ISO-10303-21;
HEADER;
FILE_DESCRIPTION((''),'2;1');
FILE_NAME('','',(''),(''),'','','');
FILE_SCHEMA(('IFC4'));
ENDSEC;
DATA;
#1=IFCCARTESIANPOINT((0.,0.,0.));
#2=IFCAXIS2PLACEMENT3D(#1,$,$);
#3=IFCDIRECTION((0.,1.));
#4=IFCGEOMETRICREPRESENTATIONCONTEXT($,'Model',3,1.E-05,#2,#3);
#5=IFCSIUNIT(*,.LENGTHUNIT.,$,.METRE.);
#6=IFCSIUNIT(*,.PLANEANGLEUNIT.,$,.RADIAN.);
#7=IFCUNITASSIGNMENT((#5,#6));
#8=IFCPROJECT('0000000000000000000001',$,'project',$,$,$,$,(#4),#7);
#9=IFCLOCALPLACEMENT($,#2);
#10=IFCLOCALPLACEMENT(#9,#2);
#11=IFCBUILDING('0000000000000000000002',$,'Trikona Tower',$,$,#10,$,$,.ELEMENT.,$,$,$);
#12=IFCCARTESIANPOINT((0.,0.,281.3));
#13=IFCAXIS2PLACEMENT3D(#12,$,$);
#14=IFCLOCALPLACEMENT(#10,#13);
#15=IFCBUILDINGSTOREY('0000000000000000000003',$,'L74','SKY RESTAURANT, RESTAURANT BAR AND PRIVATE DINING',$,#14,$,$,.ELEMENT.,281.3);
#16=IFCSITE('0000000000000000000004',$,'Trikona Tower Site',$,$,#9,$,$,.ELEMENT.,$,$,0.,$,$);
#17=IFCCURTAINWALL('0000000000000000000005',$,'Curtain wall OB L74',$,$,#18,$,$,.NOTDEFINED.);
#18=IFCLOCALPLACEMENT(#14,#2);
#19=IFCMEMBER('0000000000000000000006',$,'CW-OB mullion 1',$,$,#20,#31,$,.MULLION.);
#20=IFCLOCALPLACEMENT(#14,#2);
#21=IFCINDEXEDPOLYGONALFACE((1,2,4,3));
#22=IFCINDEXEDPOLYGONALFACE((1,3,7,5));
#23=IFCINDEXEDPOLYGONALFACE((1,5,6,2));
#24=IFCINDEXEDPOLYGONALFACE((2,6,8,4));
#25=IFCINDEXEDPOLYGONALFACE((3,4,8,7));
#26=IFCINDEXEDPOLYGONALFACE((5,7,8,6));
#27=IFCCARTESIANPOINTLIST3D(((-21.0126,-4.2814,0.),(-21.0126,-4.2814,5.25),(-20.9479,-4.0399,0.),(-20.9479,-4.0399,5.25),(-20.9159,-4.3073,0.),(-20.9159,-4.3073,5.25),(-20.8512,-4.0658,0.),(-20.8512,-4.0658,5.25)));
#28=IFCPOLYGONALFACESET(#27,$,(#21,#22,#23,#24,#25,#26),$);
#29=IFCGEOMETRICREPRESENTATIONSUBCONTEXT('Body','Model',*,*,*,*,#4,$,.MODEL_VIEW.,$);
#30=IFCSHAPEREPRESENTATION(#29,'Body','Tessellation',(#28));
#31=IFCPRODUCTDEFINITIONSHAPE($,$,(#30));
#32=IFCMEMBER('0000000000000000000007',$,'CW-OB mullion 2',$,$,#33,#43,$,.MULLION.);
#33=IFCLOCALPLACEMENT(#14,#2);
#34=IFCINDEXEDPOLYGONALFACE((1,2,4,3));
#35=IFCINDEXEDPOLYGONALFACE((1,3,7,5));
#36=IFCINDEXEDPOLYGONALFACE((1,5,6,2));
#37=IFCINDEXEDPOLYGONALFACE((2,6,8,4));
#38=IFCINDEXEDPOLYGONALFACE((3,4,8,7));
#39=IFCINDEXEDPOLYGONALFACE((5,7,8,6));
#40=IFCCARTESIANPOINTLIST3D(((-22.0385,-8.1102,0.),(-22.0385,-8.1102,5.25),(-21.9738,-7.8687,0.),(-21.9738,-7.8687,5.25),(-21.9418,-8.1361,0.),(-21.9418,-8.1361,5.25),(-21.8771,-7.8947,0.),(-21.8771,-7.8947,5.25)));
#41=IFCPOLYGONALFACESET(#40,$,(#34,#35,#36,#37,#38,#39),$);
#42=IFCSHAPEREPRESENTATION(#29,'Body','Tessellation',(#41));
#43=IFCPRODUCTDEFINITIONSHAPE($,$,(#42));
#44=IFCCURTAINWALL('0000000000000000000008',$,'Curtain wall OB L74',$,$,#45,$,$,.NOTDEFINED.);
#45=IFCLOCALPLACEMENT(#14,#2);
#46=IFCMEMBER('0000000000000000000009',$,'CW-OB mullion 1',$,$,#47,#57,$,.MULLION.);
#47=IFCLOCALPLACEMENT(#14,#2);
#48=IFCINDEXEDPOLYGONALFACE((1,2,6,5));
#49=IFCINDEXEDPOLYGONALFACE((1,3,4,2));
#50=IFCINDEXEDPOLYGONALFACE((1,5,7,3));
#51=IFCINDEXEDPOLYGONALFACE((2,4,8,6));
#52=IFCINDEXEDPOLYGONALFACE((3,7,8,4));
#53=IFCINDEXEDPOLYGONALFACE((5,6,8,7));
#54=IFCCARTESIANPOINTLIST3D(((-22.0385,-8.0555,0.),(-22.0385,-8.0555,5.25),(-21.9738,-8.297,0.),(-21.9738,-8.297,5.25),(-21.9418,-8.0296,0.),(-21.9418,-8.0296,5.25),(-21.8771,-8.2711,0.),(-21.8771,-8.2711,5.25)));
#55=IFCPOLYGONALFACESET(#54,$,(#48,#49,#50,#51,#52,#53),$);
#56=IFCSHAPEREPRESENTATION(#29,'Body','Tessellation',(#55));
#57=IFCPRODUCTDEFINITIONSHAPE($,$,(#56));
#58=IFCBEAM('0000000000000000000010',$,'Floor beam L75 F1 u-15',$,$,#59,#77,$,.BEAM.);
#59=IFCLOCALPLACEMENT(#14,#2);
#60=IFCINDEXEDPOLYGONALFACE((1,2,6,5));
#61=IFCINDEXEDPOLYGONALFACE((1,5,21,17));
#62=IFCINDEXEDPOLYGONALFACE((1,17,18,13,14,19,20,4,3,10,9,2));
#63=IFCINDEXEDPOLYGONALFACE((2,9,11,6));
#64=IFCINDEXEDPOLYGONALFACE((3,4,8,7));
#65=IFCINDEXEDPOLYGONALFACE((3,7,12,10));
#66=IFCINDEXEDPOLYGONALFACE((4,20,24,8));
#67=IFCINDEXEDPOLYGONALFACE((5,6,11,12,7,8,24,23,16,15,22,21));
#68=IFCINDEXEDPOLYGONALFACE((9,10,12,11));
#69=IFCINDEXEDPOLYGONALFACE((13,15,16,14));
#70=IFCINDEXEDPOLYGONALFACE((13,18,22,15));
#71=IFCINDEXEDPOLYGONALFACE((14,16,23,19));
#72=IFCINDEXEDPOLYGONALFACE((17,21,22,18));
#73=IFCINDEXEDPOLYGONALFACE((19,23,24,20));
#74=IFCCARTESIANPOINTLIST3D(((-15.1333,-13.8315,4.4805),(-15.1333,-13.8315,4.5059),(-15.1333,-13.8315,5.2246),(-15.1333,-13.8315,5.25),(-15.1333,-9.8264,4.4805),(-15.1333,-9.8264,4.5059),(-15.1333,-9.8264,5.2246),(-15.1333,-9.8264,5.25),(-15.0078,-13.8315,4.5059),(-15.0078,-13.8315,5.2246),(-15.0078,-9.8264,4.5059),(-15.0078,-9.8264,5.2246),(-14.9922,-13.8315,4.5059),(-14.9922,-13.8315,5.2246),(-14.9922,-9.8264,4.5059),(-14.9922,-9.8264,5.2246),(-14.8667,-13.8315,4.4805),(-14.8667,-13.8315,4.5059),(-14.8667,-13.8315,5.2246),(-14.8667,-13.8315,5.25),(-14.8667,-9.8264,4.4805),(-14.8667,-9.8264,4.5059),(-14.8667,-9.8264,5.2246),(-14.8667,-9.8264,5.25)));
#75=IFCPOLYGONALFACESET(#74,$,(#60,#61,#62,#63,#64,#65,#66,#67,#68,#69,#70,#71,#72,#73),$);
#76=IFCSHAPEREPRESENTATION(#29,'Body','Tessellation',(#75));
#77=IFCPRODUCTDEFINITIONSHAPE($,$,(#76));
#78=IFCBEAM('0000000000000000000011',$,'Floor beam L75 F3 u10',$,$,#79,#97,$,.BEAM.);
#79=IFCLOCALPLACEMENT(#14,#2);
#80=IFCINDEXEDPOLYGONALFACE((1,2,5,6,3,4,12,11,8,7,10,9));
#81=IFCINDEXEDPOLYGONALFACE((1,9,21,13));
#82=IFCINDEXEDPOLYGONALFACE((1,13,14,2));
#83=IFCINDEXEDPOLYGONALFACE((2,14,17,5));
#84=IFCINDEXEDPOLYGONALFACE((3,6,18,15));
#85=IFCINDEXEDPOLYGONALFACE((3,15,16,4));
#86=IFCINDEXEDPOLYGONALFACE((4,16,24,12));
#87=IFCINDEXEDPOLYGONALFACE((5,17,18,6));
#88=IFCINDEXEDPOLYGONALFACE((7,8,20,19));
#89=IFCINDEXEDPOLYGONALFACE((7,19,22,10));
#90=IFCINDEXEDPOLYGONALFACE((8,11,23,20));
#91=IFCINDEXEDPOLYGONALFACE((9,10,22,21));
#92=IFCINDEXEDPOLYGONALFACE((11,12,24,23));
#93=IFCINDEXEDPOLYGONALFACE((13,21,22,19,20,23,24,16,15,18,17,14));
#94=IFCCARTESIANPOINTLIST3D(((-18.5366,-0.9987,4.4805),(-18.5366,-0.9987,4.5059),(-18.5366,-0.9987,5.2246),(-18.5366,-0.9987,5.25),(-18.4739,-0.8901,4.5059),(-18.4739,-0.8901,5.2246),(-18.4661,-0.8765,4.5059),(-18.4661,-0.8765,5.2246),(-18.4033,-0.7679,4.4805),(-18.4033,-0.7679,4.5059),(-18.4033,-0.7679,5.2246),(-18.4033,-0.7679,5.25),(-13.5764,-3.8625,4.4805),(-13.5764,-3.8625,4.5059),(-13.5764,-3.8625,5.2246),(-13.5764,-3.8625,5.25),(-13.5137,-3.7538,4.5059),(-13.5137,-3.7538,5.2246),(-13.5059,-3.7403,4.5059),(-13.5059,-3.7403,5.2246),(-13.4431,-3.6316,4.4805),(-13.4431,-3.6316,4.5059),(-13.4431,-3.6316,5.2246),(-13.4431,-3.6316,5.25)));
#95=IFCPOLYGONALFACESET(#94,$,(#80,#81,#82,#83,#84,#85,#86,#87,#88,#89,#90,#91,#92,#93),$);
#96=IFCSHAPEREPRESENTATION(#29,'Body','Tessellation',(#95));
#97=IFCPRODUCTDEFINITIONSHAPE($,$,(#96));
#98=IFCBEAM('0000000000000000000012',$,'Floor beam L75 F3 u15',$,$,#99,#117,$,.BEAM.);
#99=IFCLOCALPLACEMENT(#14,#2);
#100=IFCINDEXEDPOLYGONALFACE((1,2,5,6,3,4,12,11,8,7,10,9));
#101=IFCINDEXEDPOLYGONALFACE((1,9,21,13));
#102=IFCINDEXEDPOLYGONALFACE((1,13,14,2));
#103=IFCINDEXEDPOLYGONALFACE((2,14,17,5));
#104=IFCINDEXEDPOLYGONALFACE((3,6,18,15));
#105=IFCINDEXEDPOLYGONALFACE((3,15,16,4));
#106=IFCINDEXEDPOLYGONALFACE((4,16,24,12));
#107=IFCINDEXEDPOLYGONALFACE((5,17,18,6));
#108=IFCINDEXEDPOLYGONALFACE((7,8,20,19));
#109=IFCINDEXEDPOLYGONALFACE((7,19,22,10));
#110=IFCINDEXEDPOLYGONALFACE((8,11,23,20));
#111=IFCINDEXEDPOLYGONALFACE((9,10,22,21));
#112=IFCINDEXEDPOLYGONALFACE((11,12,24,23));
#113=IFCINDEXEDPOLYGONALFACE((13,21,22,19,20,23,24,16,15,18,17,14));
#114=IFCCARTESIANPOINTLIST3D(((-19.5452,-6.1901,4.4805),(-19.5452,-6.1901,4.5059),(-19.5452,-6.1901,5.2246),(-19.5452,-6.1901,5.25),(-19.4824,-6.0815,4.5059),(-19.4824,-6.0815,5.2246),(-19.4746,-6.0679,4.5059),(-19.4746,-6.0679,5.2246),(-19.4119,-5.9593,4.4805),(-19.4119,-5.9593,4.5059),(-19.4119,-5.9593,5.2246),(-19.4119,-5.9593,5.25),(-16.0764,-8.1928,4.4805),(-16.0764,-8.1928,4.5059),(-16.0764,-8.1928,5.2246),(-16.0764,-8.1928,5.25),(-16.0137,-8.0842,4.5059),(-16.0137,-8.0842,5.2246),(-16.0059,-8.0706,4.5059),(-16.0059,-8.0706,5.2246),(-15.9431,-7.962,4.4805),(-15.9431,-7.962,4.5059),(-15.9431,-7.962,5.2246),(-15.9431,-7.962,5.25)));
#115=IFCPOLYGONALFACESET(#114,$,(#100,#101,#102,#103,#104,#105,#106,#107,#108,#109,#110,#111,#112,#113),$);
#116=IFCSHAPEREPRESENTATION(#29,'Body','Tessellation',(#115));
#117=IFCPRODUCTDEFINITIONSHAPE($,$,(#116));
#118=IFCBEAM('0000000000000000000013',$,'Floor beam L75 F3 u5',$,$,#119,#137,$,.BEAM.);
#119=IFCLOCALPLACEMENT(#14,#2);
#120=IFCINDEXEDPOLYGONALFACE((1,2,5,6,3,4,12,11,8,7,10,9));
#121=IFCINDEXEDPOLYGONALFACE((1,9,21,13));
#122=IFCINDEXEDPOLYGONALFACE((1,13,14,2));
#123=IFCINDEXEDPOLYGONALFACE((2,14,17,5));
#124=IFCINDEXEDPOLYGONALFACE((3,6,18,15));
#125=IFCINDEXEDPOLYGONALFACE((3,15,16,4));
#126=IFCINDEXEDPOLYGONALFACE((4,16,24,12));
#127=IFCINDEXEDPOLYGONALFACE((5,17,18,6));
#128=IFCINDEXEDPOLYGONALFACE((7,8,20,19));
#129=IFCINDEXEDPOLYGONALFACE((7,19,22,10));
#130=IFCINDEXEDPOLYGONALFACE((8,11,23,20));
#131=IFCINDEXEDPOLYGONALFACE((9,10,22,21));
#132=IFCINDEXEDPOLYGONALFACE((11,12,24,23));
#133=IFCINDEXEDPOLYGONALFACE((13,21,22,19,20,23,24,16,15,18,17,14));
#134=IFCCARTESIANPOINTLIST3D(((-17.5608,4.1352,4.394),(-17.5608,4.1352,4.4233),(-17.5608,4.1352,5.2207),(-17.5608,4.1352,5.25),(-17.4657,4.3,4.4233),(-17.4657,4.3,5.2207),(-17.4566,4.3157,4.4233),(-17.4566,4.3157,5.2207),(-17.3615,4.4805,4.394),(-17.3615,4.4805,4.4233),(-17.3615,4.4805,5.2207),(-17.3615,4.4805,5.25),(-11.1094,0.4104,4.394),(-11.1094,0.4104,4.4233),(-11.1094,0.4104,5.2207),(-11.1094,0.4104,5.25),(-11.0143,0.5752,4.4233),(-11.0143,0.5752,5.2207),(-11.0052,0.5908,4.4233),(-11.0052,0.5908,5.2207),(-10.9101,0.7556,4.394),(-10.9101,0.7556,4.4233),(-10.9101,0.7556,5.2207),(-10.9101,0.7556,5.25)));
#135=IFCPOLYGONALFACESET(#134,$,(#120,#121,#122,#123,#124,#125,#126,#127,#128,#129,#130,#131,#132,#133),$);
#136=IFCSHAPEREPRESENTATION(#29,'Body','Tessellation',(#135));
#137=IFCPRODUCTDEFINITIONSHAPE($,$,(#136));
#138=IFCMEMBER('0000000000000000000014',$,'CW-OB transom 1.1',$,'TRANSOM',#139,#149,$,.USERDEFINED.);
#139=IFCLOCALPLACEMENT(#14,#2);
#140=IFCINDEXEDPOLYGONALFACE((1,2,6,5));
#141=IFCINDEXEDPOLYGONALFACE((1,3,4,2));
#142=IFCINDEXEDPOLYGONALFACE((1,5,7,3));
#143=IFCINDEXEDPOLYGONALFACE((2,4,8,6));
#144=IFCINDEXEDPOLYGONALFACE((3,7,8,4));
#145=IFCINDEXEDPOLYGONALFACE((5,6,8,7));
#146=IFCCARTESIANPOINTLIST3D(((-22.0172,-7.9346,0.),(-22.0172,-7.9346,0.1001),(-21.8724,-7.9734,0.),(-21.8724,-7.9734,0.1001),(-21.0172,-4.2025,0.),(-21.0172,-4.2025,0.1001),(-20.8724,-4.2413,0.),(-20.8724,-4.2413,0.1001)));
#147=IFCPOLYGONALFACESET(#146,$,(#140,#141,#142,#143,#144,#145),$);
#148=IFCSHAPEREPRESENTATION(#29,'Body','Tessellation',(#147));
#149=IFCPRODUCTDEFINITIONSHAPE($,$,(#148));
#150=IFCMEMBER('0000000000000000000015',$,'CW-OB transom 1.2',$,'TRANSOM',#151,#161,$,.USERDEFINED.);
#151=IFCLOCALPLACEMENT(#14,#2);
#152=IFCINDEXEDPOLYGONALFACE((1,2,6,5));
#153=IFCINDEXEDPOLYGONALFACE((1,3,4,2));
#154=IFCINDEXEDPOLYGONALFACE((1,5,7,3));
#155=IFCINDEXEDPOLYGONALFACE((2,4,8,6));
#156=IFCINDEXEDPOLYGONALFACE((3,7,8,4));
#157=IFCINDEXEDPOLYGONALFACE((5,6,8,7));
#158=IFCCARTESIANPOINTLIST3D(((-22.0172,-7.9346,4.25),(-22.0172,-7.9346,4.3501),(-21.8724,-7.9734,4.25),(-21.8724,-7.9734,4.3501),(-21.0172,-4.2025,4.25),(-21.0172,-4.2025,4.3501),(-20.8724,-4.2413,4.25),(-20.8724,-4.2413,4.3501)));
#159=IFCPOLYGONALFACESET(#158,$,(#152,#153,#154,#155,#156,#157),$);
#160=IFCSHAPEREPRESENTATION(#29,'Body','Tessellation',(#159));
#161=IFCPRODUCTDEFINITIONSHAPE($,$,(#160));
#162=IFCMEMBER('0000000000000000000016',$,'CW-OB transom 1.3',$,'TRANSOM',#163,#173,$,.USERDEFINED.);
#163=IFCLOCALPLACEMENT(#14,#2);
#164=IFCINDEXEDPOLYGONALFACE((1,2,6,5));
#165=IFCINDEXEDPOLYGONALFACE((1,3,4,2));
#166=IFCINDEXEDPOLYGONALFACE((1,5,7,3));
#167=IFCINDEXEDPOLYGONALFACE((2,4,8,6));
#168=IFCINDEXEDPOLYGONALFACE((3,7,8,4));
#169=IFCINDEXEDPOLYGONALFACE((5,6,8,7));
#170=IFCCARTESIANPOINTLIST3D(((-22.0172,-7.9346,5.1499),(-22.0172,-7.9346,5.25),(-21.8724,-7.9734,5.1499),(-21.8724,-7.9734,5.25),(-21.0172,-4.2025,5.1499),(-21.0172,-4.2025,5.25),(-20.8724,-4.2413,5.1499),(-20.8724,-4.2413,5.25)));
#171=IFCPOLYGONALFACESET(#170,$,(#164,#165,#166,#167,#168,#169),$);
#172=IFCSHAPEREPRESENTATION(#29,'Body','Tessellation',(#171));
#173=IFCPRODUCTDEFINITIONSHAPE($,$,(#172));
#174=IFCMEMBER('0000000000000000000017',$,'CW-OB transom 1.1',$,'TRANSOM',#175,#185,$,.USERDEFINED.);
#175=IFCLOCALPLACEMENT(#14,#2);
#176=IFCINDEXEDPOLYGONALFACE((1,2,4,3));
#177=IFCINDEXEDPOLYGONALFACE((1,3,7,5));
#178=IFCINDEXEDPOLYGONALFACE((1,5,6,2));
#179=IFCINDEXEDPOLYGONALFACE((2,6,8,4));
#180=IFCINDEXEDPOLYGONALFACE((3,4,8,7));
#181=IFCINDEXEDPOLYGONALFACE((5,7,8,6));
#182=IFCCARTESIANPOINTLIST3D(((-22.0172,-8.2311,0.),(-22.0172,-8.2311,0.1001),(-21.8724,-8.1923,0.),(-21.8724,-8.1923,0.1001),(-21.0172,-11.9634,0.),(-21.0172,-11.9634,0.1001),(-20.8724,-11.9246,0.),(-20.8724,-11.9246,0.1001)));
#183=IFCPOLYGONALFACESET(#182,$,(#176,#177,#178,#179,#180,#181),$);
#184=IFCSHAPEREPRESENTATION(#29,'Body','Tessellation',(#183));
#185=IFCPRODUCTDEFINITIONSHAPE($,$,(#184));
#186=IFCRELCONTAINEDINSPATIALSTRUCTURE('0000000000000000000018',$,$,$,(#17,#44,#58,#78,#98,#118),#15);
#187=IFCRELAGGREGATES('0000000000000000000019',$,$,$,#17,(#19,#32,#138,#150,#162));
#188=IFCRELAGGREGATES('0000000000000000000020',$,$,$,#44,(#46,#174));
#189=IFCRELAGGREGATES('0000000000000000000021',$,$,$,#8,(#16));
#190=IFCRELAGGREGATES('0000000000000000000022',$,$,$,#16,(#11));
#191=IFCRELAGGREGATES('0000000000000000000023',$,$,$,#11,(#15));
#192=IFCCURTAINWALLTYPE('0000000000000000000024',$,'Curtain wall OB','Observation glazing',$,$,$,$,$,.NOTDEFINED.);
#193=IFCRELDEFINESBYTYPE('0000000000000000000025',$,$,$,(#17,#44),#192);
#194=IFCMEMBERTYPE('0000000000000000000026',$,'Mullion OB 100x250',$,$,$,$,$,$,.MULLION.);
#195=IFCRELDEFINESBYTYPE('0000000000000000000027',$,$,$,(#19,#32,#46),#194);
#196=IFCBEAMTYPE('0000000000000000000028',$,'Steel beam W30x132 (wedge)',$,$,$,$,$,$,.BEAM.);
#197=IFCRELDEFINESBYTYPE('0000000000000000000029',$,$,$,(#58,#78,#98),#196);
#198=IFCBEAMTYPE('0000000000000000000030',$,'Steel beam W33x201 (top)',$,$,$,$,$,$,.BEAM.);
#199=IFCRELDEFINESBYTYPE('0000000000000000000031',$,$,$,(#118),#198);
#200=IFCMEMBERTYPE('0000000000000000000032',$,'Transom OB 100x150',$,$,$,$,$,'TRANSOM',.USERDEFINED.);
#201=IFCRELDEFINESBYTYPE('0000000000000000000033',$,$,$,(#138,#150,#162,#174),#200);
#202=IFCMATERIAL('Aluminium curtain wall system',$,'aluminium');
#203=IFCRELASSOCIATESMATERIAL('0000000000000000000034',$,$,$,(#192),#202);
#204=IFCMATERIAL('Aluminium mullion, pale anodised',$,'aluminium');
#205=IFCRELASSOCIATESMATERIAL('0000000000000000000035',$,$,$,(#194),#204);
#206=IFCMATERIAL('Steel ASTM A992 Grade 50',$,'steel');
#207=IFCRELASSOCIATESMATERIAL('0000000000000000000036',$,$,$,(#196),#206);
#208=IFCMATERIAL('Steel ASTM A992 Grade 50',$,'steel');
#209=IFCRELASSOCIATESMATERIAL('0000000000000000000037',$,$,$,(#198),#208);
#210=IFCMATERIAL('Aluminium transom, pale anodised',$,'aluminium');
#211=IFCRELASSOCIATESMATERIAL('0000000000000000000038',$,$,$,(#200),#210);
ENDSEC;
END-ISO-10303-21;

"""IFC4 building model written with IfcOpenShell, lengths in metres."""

from ifc_helpers import new_model, si_unit, direction, frame, origin, origin_2d, place, context, subcontext, project, spatial, rectangle, i_section, extrude, material, material_profile, profile_set, type_object, element, aggregate, save


model = new_model("IFC4")

# Units and contexts
model_context = context("Model", 3, precision=1e-05, world=origin(), true_north=direction((0.0, 1.0)))
body_context = subcontext(model_context, "Body", "Model", "MODEL_VIEW")
ifc_project = project(units=[si_unit("LENGTHUNIT", "METRE"), si_unit("PLANEANGLEUNIT", "RADIAN")], contexts=[model_context])

# Site, building, storey
site_placement = place(None, origin())
site = spatial("IfcSite", under=ifc_project, at=site_placement, Name="Trikona Tower Site", CompositionType="ELEMENT", RefElevation=0.0)
building_placement = place(site_placement, origin())
building = spatial("IfcBuilding", under=site, at=building_placement, Name="Trikona Tower", CompositionType="ELEMENT")
storey_placement = place(building_placement, frame((0.0, 0.0, 281.3)))
storey = spatial("IfcBuildingStorey", under=building, at=storey_placement, Name="L74", Description="SKY RESTAURANT, RESTAURANT BAR AND PRIVATE DINING", CompositionType="ELEMENT", Elevation=281.3)

# Curtain wall, members
ifc_material_1 = material(Name="Aluminium curtain wall system", Category="aluminium")
curtain_wall_type = type_object("IfcCurtainWallType", Name="Curtain wall OB", Description="Observation glazing", PredefinedType="NOTDEFINED", material=ifc_material_1)
curtain_wall_1_placement = place(storey_placement, origin())
curtain_wall_1 = element("IfcCurtainWall", 1, at=curtain_wall_1_placement, inside=storey, type_object=curtain_wall_type, Name="Curtain wall OB L74", PredefinedType="NOTDEFINED")
ifc_material_2 = material(Name="Aluminium mullion, pale anodised", Category="aluminium")
ifc_material_profile_1 = material_profile(ifc_material_2, rectangle(XDim=0.1001, YDim=0.25, at=origin_2d()), Name="MUL-OB")
ifc_profile_set_1 = profile_set([ifc_material_profile_1], Name="Aluminium mullion, pale anodised")
member_type_1 = type_object("IfcMemberType", Name="Mullion OB 100x250", PredefinedType="MULLION", material=ifc_profile_set_1)
member_1_placement = place(storey_placement, frame((-20.9319, -4.1736, 0.0), z_axis=(0.0, 0.0, 1.0), x_axis=(0.965922, -0.258834, 0.0)))
member_1 = element("IfcMember", 2, at=member_1_placement, type_object=member_type_1, Name="CW-OB mullion 1", PredefinedType="MULLION", context=body_context, shape_type="SweptSolid", body=[
    extrude(rectangle(XDim=0.1001, YDim=0.25, at=origin_2d()), origin(), (0.0, 0.0, 1.0), 5.25),
])
member_2_placement = place(storey_placement, frame((-21.9578, -8.0024, 0.0), z_axis=(0.0, 0.0, 1.0), x_axis=(0.965922, -0.258834, 0.0)))
member_2 = element("IfcMember", 3, at=member_2_placement, type_object=member_type_1, Name="CW-OB mullion 2", PredefinedType="MULLION", context=body_context, shape_type="SweptSolid", body=[
    extrude(rectangle(XDim=0.1001, YDim=0.25, at=origin_2d()), origin(), (0.0, 0.0, 1.0), 5.25),
])

# Curtain wall, member
curtain_wall_2_placement = place(storey_placement, origin())
curtain_wall_2 = element("IfcCurtainWall", 4, at=curtain_wall_2_placement, inside=storey, type_object=curtain_wall_type, Name="Curtain wall OB L74", PredefinedType="NOTDEFINED")
member_3_placement = place(storey_placement, frame((-21.9578, -8.1633, 0.0), z_axis=(0.0, 0.0, 1.0), x_axis=(0.965923, 0.258828, 0.0)))
member_3 = element("IfcMember", 5, at=member_3_placement, type_object=member_type_1, Name="CW-OB mullion 1", PredefinedType="MULLION", context=body_context, shape_type="SweptSolid", body=[
    extrude(rectangle(XDim=0.1001, YDim=0.25, at=origin_2d()), origin(), (0.0, 0.0, 1.0), 5.25),
])

# Beams
ifc_material_3 = material(Name="Steel ASTM A992 Grade 50", Category="steel")
ifc_material_profile_2 = material_profile(ifc_material_3, i_section(OverallWidth=0.2666, OverallDepth=0.7695, WebThickness=0.0156, FlangeThickness=0.0254, at=origin_2d()), Name="W30X132")
ifc_profile_set_2 = profile_set([ifc_material_profile_2], Name="Steel ASTM A992 Grade 50")
beam_type_1 = type_object("IfcBeamType", Name="Steel beam W30x132 (wedge)", PredefinedType="BEAM", material=ifc_profile_set_2)
beam_1_placement = place(storey_placement, frame((-15.0, -9.8264, 4.8652), z_axis=(0.0, -1.0, 0.0), x_axis=(1.0, 0.0, 0.0)))
element("IfcBeam", 6, at=beam_1_placement, inside=storey, type_object=beam_type_1, Name="Floor beam L75 F1 u-15", PredefinedType="BEAM", context=body_context, shape_type="SweptSolid", body=[
    extrude(i_section(OverallWidth=0.2666, OverallDepth=0.7695, WebThickness=0.0156, FlangeThickness=0.0254, at=origin_2d()), origin(), (0.0, 0.0, 1.0), 4.0051),
])
beam_2_placement = place(storey_placement, frame((-13.5098, -3.7471, 4.8652), z_axis=(-0.866026, 0.499999, 0.0), x_axis=(-0.499999, -0.866026, 0.0)))
element("IfcBeam", 7, at=beam_2_placement, inside=storey, type_object=beam_type_1, Name="Floor beam L75 F3 u10", PredefinedType="BEAM", context=body_context, shape_type="SweptSolid", body=[
    extrude(i_section(OverallWidth=0.2666, OverallDepth=0.7695, WebThickness=0.0156, FlangeThickness=0.0254, at=origin_2d()), origin(), (0.0, 0.0, 1.0), 5.7275),
])
beam_3_placement = place(storey_placement, frame((-16.0098, -8.0774, 4.8652), z_axis=(-0.866025, 0.5, 0.0), x_axis=(-0.5, -0.866025, 0.0)))
element("IfcBeam", 8, at=beam_3_placement, inside=storey, type_object=beam_type_1, Name="Floor beam L75 F3 u15", PredefinedType="BEAM", context=body_context, shape_type="SweptSolid", body=[
    extrude(i_section(OverallWidth=0.2666, OverallDepth=0.7695, WebThickness=0.0156, FlangeThickness=0.0254, at=origin_2d()), origin(), (0.0, 0.0, 1.0), 4.0054),
])
ifc_material_4 = material(Name="Steel ASTM A992 Grade 50", Category="steel")
ifc_material_profile_3 = material_profile(ifc_material_4, i_section(OverallWidth=0.3987, OverallDepth=0.856, WebThickness=0.0181, FlangeThickness=0.0293, at=origin_2d()), Name="W33X201")
ifc_profile_set_3 = profile_set([ifc_material_profile_3], Name="Steel ASTM A992 Grade 50")
beam_type_2 = type_object("IfcBeamType", Name="Steel beam W33x201 (top)", PredefinedType="BEAM", material=ifc_profile_set_3)
beam_4_placement = place(storey_placement, frame((-11.0098, 0.583, 4.822), z_axis=(-0.866018, 0.500013, 0.0), x_axis=(-0.500013, -0.866018, 0.0)))
element("IfcBeam", 9, at=beam_4_placement, inside=storey, type_object=beam_type_2, Name="Floor beam L75 F3 u5", PredefinedType="BEAM", context=body_context, shape_type="SweptSolid", body=[
    extrude(i_section(OverallWidth=0.3987, OverallDepth=0.856, WebThickness=0.0181, FlangeThickness=0.0293, at=origin_2d()), origin(), (0.0, 0.0, 1.0), 7.4495),
])

# Members
ifc_material_5 = material(Name="Aluminium transom, pale anodised", Category="aluminium")
ifc_material_profile_4 = material_profile(ifc_material_5, rectangle(XDim=0.1499, YDim=0.1001, at=origin_2d()), Name="TRN-OB")
ifc_profile_set_4 = profile_set([ifc_material_profile_4], Name="Aluminium transom, pale anodised")
member_type_2 = type_object("IfcMemberType", Name="Transom OB 100x150", ElementType="TRANSOM", PredefinedType="USERDEFINED", material=ifc_profile_set_4)
member_4_placement = place(storey_placement, frame((-20.9448, -4.2219, 0.05), z_axis=(-0.258811, -0.965928, 0.0), x_axis=(0.965928, -0.258811, 0.0)))
member_4 = element("IfcMember", 10, at=member_4_placement, type_object=member_type_2, Name="CW-OB transom 1.1", ObjectType="TRANSOM", PredefinedType="USERDEFINED", context=body_context, shape_type="SweptSolid", body=[
    extrude(rectangle(XDim=0.1499, YDim=0.1001, at=origin_2d()), origin(), (0.0, 0.0, 1.0), 3.8638),
])
member_5_placement = place(storey_placement, frame((-20.9448, -4.2219, 4.3), z_axis=(-0.258811, -0.965928, 0.0), x_axis=(0.965928, -0.258811, 0.0)))
member_5 = element("IfcMember", 11, at=member_5_placement, type_object=member_type_2, Name="CW-OB transom 1.2", ObjectType="TRANSOM", PredefinedType="USERDEFINED", context=body_context, shape_type="SweptSolid", body=[
    extrude(rectangle(XDim=0.1499, YDim=0.1001, at=origin_2d()), origin(), (0.0, 0.0, 1.0), 3.8638),
])
member_6_placement = place(storey_placement, frame((-20.9448, -4.2219, 5.2), z_axis=(-0.258811, -0.965928, 0.0), x_axis=(0.965928, -0.258811, 0.0)))
member_6 = element("IfcMember", 12, at=member_6_placement, type_object=member_type_2, Name="CW-OB transom 1.3", ObjectType="TRANSOM", PredefinedType="USERDEFINED", context=body_context, shape_type="SweptSolid", body=[
    extrude(rectangle(XDim=0.1499, YDim=0.1001, at=origin_2d()), origin(), (0.0, 0.0, 1.0), 3.8638),
])
member_7_placement = place(storey_placement, frame((-21.9448, -8.2117, 0.05), z_axis=(0.258795, -0.965932, 0.0), x_axis=(0.965932, 0.258795, 0.0)))
member_7 = element("IfcMember", 13, at=member_7_placement, type_object=member_type_2, Name="CW-OB transom 1.1", ObjectType="TRANSOM", PredefinedType="USERDEFINED", context=body_context, shape_type="SweptSolid", body=[
    extrude(rectangle(XDim=0.1499, YDim=0.1001, at=origin_2d()), origin(), (0.0, 0.0, 1.0), 3.864),
])

aggregate(curtain_wall_1, [member_1, member_2, member_4, member_5, member_6])
aggregate(curtain_wall_2, [member_3, member_7])

save(model, "model.ifc")
